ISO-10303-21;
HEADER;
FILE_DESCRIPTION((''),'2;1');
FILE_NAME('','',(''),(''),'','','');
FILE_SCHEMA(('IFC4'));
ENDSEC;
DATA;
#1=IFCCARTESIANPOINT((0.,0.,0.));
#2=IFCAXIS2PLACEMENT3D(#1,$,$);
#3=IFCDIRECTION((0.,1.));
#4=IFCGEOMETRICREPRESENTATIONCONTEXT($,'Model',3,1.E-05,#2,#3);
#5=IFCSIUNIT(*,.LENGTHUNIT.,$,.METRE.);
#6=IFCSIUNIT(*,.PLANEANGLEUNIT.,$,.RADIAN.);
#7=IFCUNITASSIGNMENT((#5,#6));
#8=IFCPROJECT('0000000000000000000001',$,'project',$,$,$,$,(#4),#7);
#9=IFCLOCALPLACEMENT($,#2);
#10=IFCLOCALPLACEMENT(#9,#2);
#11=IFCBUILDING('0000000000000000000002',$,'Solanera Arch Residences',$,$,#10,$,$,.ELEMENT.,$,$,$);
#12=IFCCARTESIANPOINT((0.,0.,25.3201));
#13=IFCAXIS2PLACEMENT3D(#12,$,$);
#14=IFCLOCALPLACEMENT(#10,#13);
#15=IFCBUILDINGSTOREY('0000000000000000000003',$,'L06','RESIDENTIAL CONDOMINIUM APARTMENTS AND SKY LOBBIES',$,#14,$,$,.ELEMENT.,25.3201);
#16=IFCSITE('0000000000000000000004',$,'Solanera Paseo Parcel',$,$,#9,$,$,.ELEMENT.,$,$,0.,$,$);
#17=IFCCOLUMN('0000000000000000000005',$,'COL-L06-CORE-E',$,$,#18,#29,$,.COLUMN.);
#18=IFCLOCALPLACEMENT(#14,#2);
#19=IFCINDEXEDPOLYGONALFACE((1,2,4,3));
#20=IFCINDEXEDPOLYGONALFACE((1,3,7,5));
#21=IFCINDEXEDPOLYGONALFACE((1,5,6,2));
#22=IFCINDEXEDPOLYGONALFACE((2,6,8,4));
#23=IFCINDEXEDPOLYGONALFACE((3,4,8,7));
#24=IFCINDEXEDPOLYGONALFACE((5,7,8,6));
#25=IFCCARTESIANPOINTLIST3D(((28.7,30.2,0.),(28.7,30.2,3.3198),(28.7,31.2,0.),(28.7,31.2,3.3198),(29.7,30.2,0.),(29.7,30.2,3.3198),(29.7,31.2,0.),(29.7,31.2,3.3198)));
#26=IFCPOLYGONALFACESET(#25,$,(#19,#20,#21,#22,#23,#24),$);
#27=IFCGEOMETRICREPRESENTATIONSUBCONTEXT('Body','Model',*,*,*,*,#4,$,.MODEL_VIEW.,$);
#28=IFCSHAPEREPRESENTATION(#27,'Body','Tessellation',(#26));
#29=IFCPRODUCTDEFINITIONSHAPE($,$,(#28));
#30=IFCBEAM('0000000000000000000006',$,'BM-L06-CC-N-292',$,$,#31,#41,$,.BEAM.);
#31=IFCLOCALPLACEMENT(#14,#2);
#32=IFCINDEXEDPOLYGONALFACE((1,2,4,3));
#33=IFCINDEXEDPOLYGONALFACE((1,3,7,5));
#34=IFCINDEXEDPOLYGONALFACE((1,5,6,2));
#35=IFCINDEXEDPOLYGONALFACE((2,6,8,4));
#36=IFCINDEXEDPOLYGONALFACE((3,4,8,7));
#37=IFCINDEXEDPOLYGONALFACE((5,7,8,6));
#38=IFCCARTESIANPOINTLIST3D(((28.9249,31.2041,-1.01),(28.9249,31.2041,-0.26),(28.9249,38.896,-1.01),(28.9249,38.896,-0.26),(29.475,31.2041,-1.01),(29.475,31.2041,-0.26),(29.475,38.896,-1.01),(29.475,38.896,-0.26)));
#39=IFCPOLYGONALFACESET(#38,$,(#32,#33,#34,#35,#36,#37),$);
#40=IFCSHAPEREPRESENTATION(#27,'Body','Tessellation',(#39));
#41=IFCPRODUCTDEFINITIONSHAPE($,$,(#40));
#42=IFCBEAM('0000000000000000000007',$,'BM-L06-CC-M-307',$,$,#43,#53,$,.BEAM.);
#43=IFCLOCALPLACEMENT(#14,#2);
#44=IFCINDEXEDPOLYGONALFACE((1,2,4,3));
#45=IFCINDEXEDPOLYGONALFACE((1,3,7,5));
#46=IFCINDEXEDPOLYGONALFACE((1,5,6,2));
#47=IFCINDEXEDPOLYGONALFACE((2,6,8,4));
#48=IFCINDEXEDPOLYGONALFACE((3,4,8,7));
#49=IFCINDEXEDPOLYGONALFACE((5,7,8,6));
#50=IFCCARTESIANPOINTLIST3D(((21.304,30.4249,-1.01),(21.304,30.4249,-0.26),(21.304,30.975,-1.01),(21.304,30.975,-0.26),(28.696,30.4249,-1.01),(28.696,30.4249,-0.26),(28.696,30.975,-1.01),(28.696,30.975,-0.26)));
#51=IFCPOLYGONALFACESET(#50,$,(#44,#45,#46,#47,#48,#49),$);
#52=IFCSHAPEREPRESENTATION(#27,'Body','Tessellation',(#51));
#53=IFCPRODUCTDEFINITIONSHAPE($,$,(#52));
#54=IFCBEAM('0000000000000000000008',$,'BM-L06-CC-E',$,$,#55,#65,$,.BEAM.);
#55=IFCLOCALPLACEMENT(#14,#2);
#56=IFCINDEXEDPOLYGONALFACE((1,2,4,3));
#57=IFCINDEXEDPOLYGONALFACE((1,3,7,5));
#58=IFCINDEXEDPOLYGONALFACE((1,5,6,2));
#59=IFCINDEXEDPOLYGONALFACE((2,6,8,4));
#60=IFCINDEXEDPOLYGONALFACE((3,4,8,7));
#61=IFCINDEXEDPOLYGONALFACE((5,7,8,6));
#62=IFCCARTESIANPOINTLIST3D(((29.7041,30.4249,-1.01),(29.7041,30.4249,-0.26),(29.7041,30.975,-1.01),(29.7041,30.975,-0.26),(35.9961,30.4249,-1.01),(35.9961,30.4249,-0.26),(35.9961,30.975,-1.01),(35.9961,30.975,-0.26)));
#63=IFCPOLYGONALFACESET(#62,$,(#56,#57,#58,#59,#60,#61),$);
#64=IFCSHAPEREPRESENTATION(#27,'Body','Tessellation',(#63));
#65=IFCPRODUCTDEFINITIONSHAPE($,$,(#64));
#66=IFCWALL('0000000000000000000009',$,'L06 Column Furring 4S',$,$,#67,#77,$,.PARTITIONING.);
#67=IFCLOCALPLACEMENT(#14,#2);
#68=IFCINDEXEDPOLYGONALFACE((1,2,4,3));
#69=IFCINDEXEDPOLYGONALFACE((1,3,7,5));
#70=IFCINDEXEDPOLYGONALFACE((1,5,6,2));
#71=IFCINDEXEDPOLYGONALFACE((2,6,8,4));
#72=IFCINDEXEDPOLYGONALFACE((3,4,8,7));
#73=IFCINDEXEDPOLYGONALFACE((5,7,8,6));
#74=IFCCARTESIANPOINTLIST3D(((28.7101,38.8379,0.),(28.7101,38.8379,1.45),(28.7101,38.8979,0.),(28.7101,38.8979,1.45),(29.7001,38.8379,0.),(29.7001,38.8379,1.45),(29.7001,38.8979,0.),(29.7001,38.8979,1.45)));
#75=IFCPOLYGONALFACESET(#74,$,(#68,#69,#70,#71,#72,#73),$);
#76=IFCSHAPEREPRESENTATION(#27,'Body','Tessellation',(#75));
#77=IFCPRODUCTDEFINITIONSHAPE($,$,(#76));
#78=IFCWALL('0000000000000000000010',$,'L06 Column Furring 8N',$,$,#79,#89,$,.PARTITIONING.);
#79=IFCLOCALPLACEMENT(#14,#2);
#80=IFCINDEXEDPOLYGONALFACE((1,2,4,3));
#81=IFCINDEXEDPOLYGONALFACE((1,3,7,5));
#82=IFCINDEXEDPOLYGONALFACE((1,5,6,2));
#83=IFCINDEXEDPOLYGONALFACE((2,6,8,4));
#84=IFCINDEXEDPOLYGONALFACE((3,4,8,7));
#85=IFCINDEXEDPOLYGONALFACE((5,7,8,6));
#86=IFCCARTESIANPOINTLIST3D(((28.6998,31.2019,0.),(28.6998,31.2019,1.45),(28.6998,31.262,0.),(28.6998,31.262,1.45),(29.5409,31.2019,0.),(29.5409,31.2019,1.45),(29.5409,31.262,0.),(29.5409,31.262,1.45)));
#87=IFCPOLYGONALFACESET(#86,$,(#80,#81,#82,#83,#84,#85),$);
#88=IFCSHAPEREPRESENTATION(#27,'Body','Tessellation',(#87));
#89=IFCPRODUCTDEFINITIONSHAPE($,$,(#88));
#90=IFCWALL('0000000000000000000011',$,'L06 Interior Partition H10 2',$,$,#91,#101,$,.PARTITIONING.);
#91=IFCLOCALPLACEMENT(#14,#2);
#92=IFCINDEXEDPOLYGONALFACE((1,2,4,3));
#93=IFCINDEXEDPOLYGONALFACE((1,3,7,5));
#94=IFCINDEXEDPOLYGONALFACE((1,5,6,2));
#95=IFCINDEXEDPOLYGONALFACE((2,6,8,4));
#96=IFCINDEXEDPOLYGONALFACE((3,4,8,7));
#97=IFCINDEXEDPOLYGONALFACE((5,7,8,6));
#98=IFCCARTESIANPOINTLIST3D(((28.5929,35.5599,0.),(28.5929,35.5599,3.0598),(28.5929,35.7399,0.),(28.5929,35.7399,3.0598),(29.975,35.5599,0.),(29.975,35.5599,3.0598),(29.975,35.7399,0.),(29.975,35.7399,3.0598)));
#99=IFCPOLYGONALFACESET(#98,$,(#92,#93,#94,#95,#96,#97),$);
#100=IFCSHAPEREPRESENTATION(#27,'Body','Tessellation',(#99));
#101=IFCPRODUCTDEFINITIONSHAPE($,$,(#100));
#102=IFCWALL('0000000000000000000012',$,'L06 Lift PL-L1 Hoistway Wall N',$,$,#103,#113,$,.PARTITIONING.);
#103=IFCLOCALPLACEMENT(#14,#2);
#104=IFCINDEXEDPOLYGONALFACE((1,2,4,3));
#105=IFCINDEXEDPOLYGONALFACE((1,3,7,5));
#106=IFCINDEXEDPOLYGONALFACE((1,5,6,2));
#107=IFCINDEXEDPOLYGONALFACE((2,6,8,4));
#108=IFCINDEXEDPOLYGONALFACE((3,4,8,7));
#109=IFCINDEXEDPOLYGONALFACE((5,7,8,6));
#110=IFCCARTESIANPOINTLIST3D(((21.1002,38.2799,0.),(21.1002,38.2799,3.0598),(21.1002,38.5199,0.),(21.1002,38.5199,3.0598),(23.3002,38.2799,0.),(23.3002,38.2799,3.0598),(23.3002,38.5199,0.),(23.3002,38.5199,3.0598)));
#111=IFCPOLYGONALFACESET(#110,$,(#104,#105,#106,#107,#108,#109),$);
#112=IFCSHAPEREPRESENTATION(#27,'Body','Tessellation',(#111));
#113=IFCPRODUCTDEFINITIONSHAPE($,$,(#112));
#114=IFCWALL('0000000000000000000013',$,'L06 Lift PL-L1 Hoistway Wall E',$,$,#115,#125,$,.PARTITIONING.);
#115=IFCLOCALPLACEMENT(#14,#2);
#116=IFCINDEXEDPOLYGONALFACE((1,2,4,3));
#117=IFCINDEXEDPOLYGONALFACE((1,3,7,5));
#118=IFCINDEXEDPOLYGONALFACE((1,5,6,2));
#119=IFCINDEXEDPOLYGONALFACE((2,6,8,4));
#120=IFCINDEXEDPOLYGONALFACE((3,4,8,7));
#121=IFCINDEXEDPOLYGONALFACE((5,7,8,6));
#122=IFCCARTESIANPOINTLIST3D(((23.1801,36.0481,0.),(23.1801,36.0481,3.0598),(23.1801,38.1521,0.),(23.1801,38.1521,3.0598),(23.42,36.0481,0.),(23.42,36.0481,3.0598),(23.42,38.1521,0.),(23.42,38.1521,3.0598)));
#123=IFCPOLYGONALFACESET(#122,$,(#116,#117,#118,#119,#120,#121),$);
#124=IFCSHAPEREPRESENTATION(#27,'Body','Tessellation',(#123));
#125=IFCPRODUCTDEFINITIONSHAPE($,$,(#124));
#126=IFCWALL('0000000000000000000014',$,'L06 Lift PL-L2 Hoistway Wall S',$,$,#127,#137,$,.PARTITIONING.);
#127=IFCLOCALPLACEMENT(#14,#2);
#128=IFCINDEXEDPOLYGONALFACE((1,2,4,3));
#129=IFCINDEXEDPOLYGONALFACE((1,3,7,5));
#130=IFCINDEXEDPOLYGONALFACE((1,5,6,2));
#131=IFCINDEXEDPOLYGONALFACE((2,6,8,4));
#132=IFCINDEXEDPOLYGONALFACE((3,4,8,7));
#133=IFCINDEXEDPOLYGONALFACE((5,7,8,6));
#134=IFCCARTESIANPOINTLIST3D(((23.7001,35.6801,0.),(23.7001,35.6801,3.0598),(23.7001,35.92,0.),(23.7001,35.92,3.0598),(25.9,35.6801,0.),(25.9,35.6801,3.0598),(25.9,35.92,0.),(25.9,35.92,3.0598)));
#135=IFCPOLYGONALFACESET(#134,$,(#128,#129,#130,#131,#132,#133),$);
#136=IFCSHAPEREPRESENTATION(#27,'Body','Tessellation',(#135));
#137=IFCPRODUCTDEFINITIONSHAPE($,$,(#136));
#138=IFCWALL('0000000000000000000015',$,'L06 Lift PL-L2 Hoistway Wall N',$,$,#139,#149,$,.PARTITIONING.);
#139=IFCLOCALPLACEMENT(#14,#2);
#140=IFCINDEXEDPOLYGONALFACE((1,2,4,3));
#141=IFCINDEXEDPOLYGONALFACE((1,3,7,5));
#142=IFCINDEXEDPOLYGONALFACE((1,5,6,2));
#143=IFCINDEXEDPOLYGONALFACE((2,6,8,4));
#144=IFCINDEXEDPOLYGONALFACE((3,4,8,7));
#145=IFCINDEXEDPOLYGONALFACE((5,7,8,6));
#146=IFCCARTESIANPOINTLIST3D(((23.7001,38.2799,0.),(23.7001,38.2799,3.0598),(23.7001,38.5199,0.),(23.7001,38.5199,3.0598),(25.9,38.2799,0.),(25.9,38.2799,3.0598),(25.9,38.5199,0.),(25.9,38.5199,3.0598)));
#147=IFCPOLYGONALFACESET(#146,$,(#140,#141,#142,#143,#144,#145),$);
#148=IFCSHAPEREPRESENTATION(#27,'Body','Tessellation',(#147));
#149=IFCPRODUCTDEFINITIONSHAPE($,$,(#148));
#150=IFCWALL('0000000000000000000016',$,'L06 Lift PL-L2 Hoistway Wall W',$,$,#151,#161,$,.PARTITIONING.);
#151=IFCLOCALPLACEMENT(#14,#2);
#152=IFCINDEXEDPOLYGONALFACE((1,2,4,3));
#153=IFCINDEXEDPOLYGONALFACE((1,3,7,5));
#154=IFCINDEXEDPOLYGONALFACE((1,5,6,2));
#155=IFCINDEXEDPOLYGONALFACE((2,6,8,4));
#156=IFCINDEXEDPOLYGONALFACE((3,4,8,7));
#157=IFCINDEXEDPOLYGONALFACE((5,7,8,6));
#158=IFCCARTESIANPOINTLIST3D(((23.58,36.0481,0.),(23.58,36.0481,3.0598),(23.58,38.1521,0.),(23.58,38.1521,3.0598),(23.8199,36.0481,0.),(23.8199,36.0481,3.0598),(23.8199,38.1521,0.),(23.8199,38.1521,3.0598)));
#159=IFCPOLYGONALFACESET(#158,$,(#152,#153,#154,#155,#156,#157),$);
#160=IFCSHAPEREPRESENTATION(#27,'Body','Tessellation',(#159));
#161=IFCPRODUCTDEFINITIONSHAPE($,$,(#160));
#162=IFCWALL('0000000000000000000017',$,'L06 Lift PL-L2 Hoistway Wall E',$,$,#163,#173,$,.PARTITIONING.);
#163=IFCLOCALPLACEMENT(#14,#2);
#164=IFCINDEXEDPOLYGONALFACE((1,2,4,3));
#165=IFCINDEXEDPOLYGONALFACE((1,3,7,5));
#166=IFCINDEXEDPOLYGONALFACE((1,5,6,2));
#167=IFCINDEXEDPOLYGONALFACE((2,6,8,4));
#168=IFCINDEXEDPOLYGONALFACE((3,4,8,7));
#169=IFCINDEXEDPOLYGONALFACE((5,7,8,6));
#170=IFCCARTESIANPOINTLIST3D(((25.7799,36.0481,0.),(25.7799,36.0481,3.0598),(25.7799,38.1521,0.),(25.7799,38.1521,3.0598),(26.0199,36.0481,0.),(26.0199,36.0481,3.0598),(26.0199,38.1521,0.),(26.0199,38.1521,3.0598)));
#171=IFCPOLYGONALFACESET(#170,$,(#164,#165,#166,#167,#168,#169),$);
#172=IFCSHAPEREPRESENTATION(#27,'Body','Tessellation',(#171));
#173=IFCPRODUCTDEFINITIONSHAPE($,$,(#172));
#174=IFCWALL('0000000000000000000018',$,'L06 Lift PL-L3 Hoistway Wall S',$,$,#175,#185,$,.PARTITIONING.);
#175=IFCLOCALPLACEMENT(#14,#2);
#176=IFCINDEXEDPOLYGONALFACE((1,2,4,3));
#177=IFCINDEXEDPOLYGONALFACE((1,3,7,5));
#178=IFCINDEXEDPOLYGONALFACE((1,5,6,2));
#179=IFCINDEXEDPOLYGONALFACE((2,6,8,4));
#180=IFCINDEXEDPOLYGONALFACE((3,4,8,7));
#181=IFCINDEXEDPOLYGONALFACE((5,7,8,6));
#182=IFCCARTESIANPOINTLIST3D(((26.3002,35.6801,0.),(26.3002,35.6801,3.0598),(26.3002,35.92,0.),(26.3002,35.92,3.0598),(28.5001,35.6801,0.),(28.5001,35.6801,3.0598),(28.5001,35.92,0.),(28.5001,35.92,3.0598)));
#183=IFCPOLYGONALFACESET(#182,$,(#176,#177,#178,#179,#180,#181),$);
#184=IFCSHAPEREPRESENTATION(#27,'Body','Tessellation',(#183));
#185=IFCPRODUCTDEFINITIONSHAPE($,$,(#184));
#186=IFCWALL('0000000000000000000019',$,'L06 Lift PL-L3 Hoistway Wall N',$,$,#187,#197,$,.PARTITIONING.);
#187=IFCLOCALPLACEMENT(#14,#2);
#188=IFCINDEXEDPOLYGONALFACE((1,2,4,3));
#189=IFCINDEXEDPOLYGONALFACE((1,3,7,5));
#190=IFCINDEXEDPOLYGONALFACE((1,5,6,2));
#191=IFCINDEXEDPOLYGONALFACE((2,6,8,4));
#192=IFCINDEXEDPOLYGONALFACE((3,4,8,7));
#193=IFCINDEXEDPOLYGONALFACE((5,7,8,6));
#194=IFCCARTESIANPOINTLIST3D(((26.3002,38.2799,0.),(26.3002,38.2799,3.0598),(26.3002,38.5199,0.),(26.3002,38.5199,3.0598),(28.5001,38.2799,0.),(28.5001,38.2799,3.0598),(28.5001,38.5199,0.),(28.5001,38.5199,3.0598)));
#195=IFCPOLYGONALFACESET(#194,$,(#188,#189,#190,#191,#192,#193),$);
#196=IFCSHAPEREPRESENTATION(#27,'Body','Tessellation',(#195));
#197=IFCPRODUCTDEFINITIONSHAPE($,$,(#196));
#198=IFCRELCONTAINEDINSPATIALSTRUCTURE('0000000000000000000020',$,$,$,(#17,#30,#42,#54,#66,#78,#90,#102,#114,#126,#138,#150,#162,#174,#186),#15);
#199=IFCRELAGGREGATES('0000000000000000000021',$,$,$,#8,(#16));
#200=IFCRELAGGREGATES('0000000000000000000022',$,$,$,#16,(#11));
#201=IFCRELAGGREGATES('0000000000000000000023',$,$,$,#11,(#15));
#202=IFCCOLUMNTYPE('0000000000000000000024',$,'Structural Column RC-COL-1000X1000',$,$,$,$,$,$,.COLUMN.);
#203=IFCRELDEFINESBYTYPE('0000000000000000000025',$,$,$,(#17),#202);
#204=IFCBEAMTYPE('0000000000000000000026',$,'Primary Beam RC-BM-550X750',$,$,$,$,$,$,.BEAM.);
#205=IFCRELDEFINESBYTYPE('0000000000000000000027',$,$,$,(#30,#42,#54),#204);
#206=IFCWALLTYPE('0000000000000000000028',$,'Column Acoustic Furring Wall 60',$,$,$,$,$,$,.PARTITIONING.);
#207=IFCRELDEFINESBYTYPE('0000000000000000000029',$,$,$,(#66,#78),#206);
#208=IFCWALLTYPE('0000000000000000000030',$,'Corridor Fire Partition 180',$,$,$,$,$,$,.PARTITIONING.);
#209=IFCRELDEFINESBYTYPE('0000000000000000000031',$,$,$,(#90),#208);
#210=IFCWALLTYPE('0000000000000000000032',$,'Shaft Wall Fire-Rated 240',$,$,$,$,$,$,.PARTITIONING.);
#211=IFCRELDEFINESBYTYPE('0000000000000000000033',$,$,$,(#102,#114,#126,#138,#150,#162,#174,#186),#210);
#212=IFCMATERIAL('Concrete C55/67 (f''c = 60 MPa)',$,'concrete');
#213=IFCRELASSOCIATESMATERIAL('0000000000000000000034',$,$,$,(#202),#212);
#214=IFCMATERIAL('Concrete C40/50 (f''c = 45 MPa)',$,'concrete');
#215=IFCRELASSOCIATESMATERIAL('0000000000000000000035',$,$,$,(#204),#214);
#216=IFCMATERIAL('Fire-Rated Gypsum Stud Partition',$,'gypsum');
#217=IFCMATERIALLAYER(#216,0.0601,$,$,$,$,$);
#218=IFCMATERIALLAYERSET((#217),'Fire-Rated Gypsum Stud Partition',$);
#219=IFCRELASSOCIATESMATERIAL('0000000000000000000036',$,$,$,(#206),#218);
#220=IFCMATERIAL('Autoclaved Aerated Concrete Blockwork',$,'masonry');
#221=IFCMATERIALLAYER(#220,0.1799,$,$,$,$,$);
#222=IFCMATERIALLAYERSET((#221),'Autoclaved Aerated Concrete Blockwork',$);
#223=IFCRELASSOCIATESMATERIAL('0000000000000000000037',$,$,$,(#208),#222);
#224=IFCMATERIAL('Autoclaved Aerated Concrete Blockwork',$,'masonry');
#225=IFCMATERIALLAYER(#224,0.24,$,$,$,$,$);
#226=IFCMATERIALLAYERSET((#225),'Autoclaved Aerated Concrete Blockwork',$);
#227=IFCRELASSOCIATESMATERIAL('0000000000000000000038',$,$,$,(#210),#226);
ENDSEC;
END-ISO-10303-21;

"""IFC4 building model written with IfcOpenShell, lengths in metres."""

from ifc_helpers import new_model, si_unit, direction, frame, frame_2d, origin, origin_2d, place, context, subcontext, project, spatial, rectangle, extrude, material, layer, layer_set, material_profile, profile_set, type_object, element, save


model = new_model("IFC4")

# Units and contexts
model_context = context("Model", 3, precision=1e-05, world=origin(), true_north=direction((0.0, 1.0)))
body_context = subcontext(model_context, "Body", "Model", "MODEL_VIEW")
ifc_project = project(units=[si_unit("LENGTHUNIT", "METRE"), si_unit("PLANEANGLEUNIT", "RADIAN")], contexts=[model_context])

# Site, building, storey
site_placement = place(None, origin())
site = spatial("IfcSite", under=ifc_project, at=site_placement, Name="Solanera Paseo Parcel", CompositionType="ELEMENT", RefElevation=0.0)
building_placement = place(site_placement, origin())
building = spatial("IfcBuilding", under=site, at=building_placement, Name="Solanera Arch Residences", CompositionType="ELEMENT")
storey_placement = place(building_placement, frame((0.0, 0.0, 25.3201)))
storey = spatial("IfcBuildingStorey", under=building, at=storey_placement, Name="L06", Description="RESIDENTIAL CONDOMINIUM APARTMENTS AND SKY LOBBIES", CompositionType="ELEMENT", Elevation=25.3201)

# Column
ifc_material_1 = material(Name="Concrete C55/67 (f'c = 60 MPa)", Category="concrete")
ifc_material_profile_1 = material_profile(ifc_material_1, rectangle(XDim=1.0, YDim=1.0, at=origin_2d()))
ifc_profile_set_1 = profile_set([ifc_material_profile_1], Name="Concrete C55/67 (f'c = 60 MPa)")
column_type = type_object("IfcColumnType", Name="Structural Column RC-COL-1000X1000", PredefinedType="COLUMN", material=ifc_profile_set_1)
column_placement = place(storey_placement, frame((29.2, 30.7, 0.0), z_axis=(0.0, 0.0, 1.0), x_axis=(1.0, 0.0, 0.0)))
element("IfcColumn", 1, at=column_placement, inside=storey, type_object=column_type, Name="COL-L06-CORE-E", PredefinedType="COLUMN", context=body_context, shape_type="SweptSolid", body=[
    extrude(rectangle(XDim=1.0, YDim=1.0, at=origin_2d()), origin(), (0.0, 0.0, 1.0), 3.3198),
])

# Beams
ifc_material_2 = material(Name="Concrete C40/50 (f'c = 45 MPa)", Category="concrete")
ifc_material_profile_2 = material_profile(ifc_material_2, rectangle(XDim=0.55, YDim=0.75, at=origin_2d()))
ifc_profile_set_2 = profile_set([ifc_material_profile_2], Name="Concrete C40/50 (f'c = 45 MPa)")
beam_type = type_object("IfcBeamType", Name="Primary Beam RC-BM-550X750", PredefinedType="BEAM", material=ifc_profile_set_2)
beam_1_placement = place(storey_placement, frame((29.2, 31.2041, -0.635), z_axis=(0.0, 1.0, 0.0), x_axis=(-1.0, 0.0, 0.0)))
element("IfcBeam", 2, at=beam_1_placement, inside=storey, type_object=beam_type, Name="BM-L06-CC-N-292", PredefinedType="BEAM", context=body_context, shape_type="SweptSolid", body=[
    extrude(rectangle(XDim=0.55, YDim=0.75, at=origin_2d()), origin(), (0.0, 0.0, 1.0), 7.6919),
])
beam_2_placement = place(storey_placement, frame((21.304, 30.7, -0.635), z_axis=(1.0, 0.0, 0.0), x_axis=(0.0, 1.0, 0.0)))
element("IfcBeam", 3, at=beam_2_placement, inside=storey, type_object=beam_type, Name="BM-L06-CC-M-307", PredefinedType="BEAM", context=body_context, shape_type="SweptSolid", body=[
    extrude(rectangle(XDim=0.55, YDim=0.75, at=origin_2d()), origin(), (0.0, 0.0, 1.0), 7.3921),
])
beam_3_placement = place(storey_placement, frame((29.7041, 30.7, -0.635), z_axis=(1.0, 0.0, 0.0), x_axis=(0.0, 1.0, 0.0)))
element("IfcBeam", 4, at=beam_3_placement, inside=storey, type_object=beam_type, Name="BM-L06-CC-E", PredefinedType="BEAM", context=body_context, shape_type="SweptSolid", body=[
    extrude(rectangle(XDim=0.55, YDim=0.75, at=origin_2d()), origin(), (0.0, 0.0, 1.0), 6.292),
])

# Walls
ifc_material_3 = material(Name="Fire-Rated Gypsum Stud Partition", Category="gypsum")
ifc_layer_1 = layer(ifc_material_3, 0.0601)
ifc_layer_set_1 = layer_set([ifc_layer_1], Name="Fire-Rated Gypsum Stud Partition")
wall_type_1 = type_object("IfcWallType", Name="Column Acoustic Furring Wall 60", PredefinedType="PARTITIONING", material=ifc_layer_set_1)
wall_1_placement = place(storey_placement, frame((28.71, 38.8679, 0.0), z_axis=(0.0, 0.0, 1.0), x_axis=(1.0, 0.0, 0.0)))
element("IfcWall", 5, at=wall_1_placement, inside=storey, type_object=wall_type_1, Name="L06 Column Furring 4S", PredefinedType="PARTITIONING", context=body_context, shape_type="SweptSolid", body=[
    extrude(rectangle(XDim=0.99, YDim=0.0601, at=frame_2d((0.4951, 0.0))), origin(), (0.0, 0.0, 1.0), 1.45),
])
wall_2_placement = place(storey_placement, frame((28.7, 31.2319, 0.0), z_axis=(0.0, 0.0, 1.0), x_axis=(1.0, 0.0, 0.0)))
element("IfcWall", 6, at=wall_2_placement, inside=storey, type_object=wall_type_1, Name="L06 Column Furring 8N", PredefinedType="PARTITIONING", context=body_context, shape_type="SweptSolid", body=[
    extrude(rectangle(XDim=0.8411, YDim=0.0601, at=frame_2d((0.4204, 0.0))), origin(), (0.0, 0.0, 1.0), 1.45),
])
ifc_material_4 = material(Name="Autoclaved Aerated Concrete Blockwork", Category="masonry")
ifc_layer_2 = layer(ifc_material_4, 0.1799)
ifc_layer_set_2 = layer_set([ifc_layer_2], Name="Autoclaved Aerated Concrete Blockwork")
wall_type_2 = type_object("IfcWallType", Name="Corridor Fire Partition 180", PredefinedType="PARTITIONING", material=ifc_layer_set_2)
wall_3_placement = place(storey_placement, frame((28.593, 35.6499, 0.0), z_axis=(0.0, 0.0, 1.0), x_axis=(1.0, 0.0, 0.0)))
element("IfcWall", 7, at=wall_3_placement, inside=storey, type_object=wall_type_2, Name="L06 Interior Partition H10 2", PredefinedType="PARTITIONING", context=body_context, shape_type="SweptSolid", body=[
    extrude(rectangle(XDim=1.3821, YDim=0.1799, at=frame_2d((0.6909, 0.0))), origin(), (0.0, 0.0, 1.0), 3.0598),
])
ifc_material_5 = material(Name="Autoclaved Aerated Concrete Blockwork", Category="masonry")
ifc_layer_3 = layer(ifc_material_5, 0.24)
ifc_layer_set_3 = layer_set([ifc_layer_3], Name="Autoclaved Aerated Concrete Blockwork")
wall_type_3 = type_object("IfcWallType", Name="Shaft Wall Fire-Rated 240", PredefinedType="PARTITIONING", material=ifc_layer_set_3)
wall_4_placement = place(storey_placement, frame((21.1001, 38.3999, 0.0), z_axis=(0.0, 0.0, 1.0), x_axis=(1.0, 0.0, 0.0)))
element("IfcWall", 8, at=wall_4_placement, inside=storey, type_object=wall_type_3, Name="L06 Lift PL-L1 Hoistway Wall N", PredefinedType="PARTITIONING", context=body_context, shape_type="SweptSolid", body=[
    extrude(rectangle(XDim=2.2, YDim=0.24, at=frame_2d((1.1001, 0.0))), origin(), (0.0, 0.0, 1.0), 3.0598),
])
wall_5_placement = place(storey_placement, frame((23.3, 36.0481, 0.0), z_axis=(0.0, 0.0, 1.0), x_axis=(0.0, 1.0, 0.0)))
element("IfcWall", 9, at=wall_5_placement, inside=storey, type_object=wall_type_3, Name="L06 Lift PL-L1 Hoistway Wall E", PredefinedType="PARTITIONING", context=body_context, shape_type="SweptSolid", body=[
    extrude(rectangle(XDim=2.104, YDim=0.24, at=frame_2d((1.052, 0.0))), origin(), (0.0, 0.0, 1.0), 3.0598),
])
for number, where, z_axis, x_axis, name in (
    (10, (23.7, 35.8, 0.0), (0.0, 0.0, 1.0), (1.0, 0.0, 0.0), "L06 Lift PL-L2 Hoistway Wall S"),
    (11, (23.7, 38.3999, 0.0), (0.0, 0.0, 1.0), (1.0, 0.0, 0.0), "L06 Lift PL-L2 Hoistway Wall N"),
):
    element("IfcWall", number, at=place(storey_placement, frame(where, z_axis=z_axis, x_axis=x_axis)), inside=storey, type_object=wall_type_3, Name=name, PredefinedType="PARTITIONING", context=body_context, shape_type="SweptSolid", body=[
        extrude(rectangle(XDim=2.2, YDim=0.24, at=frame_2d((1.1001, 0.0))), origin(), (0.0, 0.0, 1.0), 3.0598),
    ])
for number, where, z_axis, x_axis, name in (
    (12, (23.7, 36.0481, 0.0), (0.0, 0.0, 1.0), (0.0, 1.0, 0.0), "L06 Lift PL-L2 Hoistway Wall W"),
    (13, (25.8999, 36.0481, 0.0), (0.0, 0.0, 1.0), (0.0, 1.0, 0.0), "L06 Lift PL-L2 Hoistway Wall E"),
):
    element("IfcWall", number, at=place(storey_placement, frame(where, z_axis=z_axis, x_axis=x_axis)), inside=storey, type_object=wall_type_3, Name=name, PredefinedType="PARTITIONING", context=body_context, shape_type="SweptSolid", body=[
        extrude(rectangle(XDim=2.104, YDim=0.24, at=frame_2d((1.052, 0.0))), origin(), (0.0, 0.0, 1.0), 3.0598),
    ])
for number, where, z_axis, x_axis, name in (
    (14, (26.3, 35.8, 0.0), (0.0, 0.0, 1.0), (1.0, 0.0, 0.0), "L06 Lift PL-L3 Hoistway Wall S"),
    (15, (26.3, 38.3999, 0.0), (0.0, 0.0, 1.0), (1.0, 0.0, 0.0), "L06 Lift PL-L3 Hoistway Wall N"),
):
    element("IfcWall", number, at=place(storey_placement, frame(where, z_axis=z_axis, x_axis=x_axis)), inside=storey, type_object=wall_type_3, Name=name, PredefinedType="PARTITIONING", context=body_context, shape_type="SweptSolid", body=[
        extrude(rectangle(XDim=2.2, YDim=0.24, at=frame_2d((1.1001, 0.0))), origin(), (0.0, 0.0, 1.0), 3.0598),
    ])

save(model, "model.ifc")
